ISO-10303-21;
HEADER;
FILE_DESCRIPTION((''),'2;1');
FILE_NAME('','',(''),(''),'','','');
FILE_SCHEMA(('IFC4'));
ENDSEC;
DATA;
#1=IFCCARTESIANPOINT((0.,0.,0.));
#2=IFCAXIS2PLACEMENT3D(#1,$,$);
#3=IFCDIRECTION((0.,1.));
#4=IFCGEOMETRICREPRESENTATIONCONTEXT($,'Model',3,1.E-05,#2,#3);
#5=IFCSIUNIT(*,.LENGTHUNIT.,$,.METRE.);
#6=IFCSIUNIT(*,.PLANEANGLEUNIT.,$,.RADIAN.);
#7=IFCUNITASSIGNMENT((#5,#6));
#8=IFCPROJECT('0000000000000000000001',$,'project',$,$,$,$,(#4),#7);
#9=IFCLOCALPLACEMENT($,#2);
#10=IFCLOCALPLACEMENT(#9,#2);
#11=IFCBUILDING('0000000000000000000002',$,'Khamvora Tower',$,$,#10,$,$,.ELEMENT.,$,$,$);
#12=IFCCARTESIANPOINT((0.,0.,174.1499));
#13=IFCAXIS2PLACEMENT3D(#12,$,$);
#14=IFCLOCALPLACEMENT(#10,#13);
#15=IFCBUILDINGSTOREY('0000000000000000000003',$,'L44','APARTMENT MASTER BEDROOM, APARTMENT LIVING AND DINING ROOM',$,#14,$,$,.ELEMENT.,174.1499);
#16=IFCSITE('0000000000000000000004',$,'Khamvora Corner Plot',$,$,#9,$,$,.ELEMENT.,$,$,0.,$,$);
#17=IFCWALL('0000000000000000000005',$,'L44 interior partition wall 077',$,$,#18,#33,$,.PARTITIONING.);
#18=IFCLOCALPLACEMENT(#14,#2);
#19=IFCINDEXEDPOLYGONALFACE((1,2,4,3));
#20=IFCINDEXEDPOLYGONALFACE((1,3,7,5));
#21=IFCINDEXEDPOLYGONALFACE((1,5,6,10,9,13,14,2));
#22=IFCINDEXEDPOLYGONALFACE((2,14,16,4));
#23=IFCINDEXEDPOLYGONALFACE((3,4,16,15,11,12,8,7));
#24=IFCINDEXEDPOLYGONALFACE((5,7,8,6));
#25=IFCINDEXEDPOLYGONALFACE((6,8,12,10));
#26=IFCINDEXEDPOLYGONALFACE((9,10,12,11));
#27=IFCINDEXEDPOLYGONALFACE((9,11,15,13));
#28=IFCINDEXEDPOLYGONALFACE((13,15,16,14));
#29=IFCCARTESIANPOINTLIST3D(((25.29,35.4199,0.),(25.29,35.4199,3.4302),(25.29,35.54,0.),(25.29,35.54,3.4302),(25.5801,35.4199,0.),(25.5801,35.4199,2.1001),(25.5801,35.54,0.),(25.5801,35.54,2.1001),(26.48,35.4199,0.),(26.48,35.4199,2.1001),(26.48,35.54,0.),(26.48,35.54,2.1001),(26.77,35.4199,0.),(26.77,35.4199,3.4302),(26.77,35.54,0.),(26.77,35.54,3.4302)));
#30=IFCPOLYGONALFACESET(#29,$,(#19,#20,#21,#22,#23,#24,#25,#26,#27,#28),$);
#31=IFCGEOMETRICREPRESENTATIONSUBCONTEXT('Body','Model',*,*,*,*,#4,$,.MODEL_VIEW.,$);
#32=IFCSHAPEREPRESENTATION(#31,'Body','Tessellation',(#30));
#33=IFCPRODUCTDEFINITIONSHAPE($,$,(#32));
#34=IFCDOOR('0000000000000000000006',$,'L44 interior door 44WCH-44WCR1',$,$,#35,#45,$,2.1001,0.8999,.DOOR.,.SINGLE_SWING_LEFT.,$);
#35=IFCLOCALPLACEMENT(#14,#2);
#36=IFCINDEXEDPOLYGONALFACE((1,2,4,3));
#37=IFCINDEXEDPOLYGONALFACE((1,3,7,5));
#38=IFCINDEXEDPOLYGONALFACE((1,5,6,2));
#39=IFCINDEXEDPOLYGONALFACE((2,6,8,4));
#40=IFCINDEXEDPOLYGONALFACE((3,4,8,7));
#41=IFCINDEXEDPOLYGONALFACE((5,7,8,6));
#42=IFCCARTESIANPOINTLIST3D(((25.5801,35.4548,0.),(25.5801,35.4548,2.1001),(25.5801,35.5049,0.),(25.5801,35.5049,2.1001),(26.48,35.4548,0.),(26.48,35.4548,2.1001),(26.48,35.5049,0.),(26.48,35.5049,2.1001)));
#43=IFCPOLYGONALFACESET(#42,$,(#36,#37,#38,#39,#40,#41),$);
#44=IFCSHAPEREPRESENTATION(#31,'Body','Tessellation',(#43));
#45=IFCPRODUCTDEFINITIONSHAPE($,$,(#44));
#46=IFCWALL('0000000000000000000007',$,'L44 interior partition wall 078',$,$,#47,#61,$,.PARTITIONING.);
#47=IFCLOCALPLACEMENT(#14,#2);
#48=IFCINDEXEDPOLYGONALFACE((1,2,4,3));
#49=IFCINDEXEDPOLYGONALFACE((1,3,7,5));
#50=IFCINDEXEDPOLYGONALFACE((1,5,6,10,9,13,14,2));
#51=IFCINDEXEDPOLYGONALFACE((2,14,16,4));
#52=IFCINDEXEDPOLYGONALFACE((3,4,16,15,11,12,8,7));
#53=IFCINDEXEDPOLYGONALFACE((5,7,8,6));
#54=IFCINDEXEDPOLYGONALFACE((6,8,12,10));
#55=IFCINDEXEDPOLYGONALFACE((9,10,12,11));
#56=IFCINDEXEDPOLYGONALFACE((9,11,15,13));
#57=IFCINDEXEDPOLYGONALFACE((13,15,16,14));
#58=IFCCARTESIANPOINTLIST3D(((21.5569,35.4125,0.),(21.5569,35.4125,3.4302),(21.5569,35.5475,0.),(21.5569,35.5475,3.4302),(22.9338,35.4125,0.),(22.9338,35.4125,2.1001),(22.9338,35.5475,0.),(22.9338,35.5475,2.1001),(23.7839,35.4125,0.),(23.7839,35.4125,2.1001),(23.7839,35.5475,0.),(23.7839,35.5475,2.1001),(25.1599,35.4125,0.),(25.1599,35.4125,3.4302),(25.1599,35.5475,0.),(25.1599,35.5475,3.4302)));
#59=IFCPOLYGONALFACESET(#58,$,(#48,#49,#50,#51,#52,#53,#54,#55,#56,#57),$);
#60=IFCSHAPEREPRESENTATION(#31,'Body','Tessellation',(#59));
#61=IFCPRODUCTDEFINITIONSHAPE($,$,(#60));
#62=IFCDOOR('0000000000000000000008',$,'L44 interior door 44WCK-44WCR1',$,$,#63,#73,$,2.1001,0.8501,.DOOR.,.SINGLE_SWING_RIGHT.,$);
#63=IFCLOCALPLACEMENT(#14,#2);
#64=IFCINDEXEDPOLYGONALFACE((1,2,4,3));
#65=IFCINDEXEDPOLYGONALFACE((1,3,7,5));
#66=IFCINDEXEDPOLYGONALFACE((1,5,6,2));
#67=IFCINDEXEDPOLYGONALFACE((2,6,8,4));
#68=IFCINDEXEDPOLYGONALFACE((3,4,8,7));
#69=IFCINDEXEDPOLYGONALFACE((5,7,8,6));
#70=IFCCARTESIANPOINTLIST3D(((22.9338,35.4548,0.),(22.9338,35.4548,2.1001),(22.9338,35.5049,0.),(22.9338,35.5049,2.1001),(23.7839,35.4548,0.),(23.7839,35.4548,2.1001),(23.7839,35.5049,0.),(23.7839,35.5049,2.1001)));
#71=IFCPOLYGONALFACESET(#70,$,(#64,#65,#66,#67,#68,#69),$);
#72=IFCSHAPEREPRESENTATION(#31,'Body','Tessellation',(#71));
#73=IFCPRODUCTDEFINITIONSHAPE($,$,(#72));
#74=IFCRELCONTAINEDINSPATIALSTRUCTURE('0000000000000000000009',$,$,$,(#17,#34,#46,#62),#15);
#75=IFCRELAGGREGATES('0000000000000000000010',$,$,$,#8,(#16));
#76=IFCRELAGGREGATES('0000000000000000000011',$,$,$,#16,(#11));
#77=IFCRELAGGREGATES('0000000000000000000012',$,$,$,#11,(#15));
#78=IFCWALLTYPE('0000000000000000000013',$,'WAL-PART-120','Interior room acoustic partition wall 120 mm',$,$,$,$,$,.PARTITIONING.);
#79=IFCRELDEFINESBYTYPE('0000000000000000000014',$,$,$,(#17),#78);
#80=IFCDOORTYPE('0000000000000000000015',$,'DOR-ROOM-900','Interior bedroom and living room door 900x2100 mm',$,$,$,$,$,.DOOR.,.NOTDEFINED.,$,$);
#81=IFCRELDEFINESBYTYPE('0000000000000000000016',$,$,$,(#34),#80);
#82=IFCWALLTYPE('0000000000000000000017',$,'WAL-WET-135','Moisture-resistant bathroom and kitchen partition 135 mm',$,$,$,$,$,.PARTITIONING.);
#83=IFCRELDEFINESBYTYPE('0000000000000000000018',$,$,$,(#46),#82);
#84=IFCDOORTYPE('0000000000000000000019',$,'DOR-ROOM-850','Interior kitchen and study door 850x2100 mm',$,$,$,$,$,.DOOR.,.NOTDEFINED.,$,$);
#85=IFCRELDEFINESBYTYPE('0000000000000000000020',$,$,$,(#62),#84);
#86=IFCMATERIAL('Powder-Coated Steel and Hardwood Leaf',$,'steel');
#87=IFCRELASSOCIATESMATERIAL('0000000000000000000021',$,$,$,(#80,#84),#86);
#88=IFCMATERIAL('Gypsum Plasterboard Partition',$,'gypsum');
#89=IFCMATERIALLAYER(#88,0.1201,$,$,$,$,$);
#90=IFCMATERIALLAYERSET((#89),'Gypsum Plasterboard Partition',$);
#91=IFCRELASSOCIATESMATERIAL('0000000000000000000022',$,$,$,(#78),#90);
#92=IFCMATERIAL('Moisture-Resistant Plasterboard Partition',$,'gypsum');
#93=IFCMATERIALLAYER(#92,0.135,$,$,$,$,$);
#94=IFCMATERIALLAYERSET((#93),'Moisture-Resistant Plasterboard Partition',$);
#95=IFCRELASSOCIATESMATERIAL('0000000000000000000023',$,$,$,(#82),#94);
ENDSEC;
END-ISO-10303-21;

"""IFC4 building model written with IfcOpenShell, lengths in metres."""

from ifc_helpers import new_model, si_unit, direction, frame, frame_2d, origin, place, context, subcontext, project, spatial, rectangle, extrude, material, layer, layer_set, type_object, element, fill, save


model = new_model("IFC4")

# Units and contexts
model_context = context("Model", 3, precision=1e-05, world=origin(), true_north=direction((0.0, 1.0)))
body_context = subcontext(model_context, "Body", "Model", "MODEL_VIEW")
ifc_project = project(units=[si_unit("LENGTHUNIT", "METRE"), si_unit("PLANEANGLEUNIT", "RADIAN")], contexts=[model_context])

# Site, building, storey
site_placement = place(None, origin())
site = spatial("IfcSite", under=ifc_project, at=site_placement, Name="Khamvora Corner Plot", CompositionType="ELEMENT", RefElevation=0.0)
building_placement = place(site_placement, origin())
building = spatial("IfcBuilding", under=site, at=building_placement, Name="Khamvora Tower", CompositionType="ELEMENT")
storey_placement = place(building_placement, frame((0.0, 0.0, 174.1499)))
storey = spatial("IfcBuildingStorey", under=building, at=storey_placement, Name="L44", Description="APARTMENT MASTER BEDROOM, APARTMENT LIVING AND DINING ROOM", CompositionType="ELEMENT", Elevation=174.1499)

# Shared definitions
ifc_material_1 = material(Name="Powder-Coated Steel and Hardwood Leaf", Category="steel")
door_type_1 = type_object("IfcDoorType", Name="DOR-ROOM-900", Description="Interior bedroom and living room door 900x2100 mm", OperationType="NOTDEFINED", PredefinedType="DOOR", material=ifc_material_1)

# Shared definitions
ifc_material_2 = material(Name="Gypsum Plasterboard Partition", Category="gypsum")
ifc_layer_1 = layer(ifc_material_2, 0.1201)
ifc_layer_set_1 = layer_set([ifc_layer_1], Name="Gypsum Plasterboard Partition")
wall_type_1 = type_object("IfcWallType", Name="WAL-PART-120", Description="Interior room acoustic partition wall 120 mm", PredefinedType="PARTITIONING", material=ifc_layer_set_1)

# Walls, openings, doors
wall_1_placement = place(storey_placement, frame((25.29, 35.48, 0.0), z_axis=(0.0, 0.0, 1.0), x_axis=(1.0, 0.0, 0.0)))
wall_1 = element("IfcWall", 1, at=wall_1_placement, inside=storey, type_object=wall_type_1, Name="L44 interior partition wall 077", PredefinedType="PARTITIONING", context=body_context, shape_type="SweptSolid", body=[
    extrude(rectangle(XDim=1.48, YDim=0.1201, at=frame_2d((0.74, 0.0))), origin(), (0.0, 0.0, 1.0), 3.4302),
])
opening_1_placement = place(wall_1_placement, frame((0.29, 0.0, 0.0)))
opening_1 = element("IfcOpeningElement", 2, at=opening_1_placement, cuts=wall_1, PredefinedType="OPENING", context=body_context, shape_type="SweptSolid", body=[
    extrude(rectangle(XDim=0.8999, YDim=2.1001, at=frame_2d((0.45, 1.05))), frame((0.0, 0.0701, 0.0), z_axis=(0.0, -1.0, 0.0), x_axis=(1.0, 0.0, 0.0)), (0.0, 0.0, 1.0), 0.1401),
])
door_1_placement = place(opening_1_placement, origin())
door_1 = element("IfcDoor", 3, at=door_1_placement, inside=storey, type_object=door_type_1, Name="L44 interior door 44WCH-44WCR1", OperationType="SINGLE_SWING_LEFT", OverallHeight=2.1001, OverallWidth=0.8999, PredefinedType="DOOR", context=body_context, shape_type="SweptSolid", body=[
    extrude(rectangle(XDim=0.8999, YDim=2.1001, at=frame_2d((0.45, 1.05))), frame((0.0, 0.0249, 0.0), z_axis=(0.0, -1.0, 0.0), x_axis=(1.0, 0.0, 0.0)), (0.0, 0.0, 1.0), 0.05),
])
fill(opening_1, door_1)
ifc_material_3 = material(Name="Moisture-Resistant Plasterboard Partition", Category="gypsum")
ifc_layer_2 = layer(ifc_material_3, 0.135)
ifc_layer_set_2 = layer_set([ifc_layer_2], Name="Moisture-Resistant Plasterboard Partition")
wall_type_2 = type_object("IfcWallType", Name="WAL-WET-135", Description="Moisture-resistant bathroom and kitchen partition 135 mm", PredefinedType="PARTITIONING", material=ifc_layer_set_2)
wall_2_placement = place(storey_placement, frame((21.5569, 35.48, 0.0), z_axis=(0.0, 0.0, 1.0), x_axis=(1.0, 0.0, 0.0)))
wall_2 = element("IfcWall", 4, at=wall_2_placement, inside=storey, type_object=wall_type_2, Name="L44 interior partition wall 078", PredefinedType="PARTITIONING", context=body_context, shape_type="SweptSolid", body=[
    extrude(rectangle(XDim=3.603, YDim=0.135, at=frame_2d((1.8015, 0.0))), origin(), (0.0, 0.0, 1.0), 3.4302),
])
opening_2_placement = place(wall_2_placement, frame((1.377, 0.0, 0.0)))
opening_2 = element("IfcOpeningElement", 5, at=opening_2_placement, cuts=wall_2, PredefinedType="OPENING", context=body_context, shape_type="SweptSolid", body=[
    extrude(rectangle(XDim=0.8501, YDim=2.1001, at=frame_2d((0.425, 1.05))), frame((0.0, 0.0774, 0.0), z_axis=(0.0, -1.0, 0.0), x_axis=(1.0, 0.0, 0.0)), (0.0, 0.0, 1.0), 0.155),
])
door_type_2 = type_object("IfcDoorType", Name="DOR-ROOM-850", Description="Interior kitchen and study door 850x2100 mm", OperationType="NOTDEFINED", PredefinedType="DOOR", material=ifc_material_1)
door_2_placement = place(opening_2_placement, origin())
door_2 = element("IfcDoor", 6, at=door_2_placement, inside=storey, type_object=door_type_2, Name="L44 interior door 44WCK-44WCR1", OperationType="SINGLE_SWING_RIGHT", OverallHeight=2.1001, OverallWidth=0.8501, PredefinedType="DOOR", context=body_context, shape_type="SweptSolid", body=[
    extrude(rectangle(XDim=0.8501, YDim=2.1001, at=frame_2d((0.425, 1.05))), frame((0.0, 0.0249, 0.0), z_axis=(0.0, -1.0, 0.0), x_axis=(1.0, 0.0, 0.0)), (0.0, 0.0, 1.0), 0.05),
])
fill(opening_2, door_2)

save(model, "model.ifc")
